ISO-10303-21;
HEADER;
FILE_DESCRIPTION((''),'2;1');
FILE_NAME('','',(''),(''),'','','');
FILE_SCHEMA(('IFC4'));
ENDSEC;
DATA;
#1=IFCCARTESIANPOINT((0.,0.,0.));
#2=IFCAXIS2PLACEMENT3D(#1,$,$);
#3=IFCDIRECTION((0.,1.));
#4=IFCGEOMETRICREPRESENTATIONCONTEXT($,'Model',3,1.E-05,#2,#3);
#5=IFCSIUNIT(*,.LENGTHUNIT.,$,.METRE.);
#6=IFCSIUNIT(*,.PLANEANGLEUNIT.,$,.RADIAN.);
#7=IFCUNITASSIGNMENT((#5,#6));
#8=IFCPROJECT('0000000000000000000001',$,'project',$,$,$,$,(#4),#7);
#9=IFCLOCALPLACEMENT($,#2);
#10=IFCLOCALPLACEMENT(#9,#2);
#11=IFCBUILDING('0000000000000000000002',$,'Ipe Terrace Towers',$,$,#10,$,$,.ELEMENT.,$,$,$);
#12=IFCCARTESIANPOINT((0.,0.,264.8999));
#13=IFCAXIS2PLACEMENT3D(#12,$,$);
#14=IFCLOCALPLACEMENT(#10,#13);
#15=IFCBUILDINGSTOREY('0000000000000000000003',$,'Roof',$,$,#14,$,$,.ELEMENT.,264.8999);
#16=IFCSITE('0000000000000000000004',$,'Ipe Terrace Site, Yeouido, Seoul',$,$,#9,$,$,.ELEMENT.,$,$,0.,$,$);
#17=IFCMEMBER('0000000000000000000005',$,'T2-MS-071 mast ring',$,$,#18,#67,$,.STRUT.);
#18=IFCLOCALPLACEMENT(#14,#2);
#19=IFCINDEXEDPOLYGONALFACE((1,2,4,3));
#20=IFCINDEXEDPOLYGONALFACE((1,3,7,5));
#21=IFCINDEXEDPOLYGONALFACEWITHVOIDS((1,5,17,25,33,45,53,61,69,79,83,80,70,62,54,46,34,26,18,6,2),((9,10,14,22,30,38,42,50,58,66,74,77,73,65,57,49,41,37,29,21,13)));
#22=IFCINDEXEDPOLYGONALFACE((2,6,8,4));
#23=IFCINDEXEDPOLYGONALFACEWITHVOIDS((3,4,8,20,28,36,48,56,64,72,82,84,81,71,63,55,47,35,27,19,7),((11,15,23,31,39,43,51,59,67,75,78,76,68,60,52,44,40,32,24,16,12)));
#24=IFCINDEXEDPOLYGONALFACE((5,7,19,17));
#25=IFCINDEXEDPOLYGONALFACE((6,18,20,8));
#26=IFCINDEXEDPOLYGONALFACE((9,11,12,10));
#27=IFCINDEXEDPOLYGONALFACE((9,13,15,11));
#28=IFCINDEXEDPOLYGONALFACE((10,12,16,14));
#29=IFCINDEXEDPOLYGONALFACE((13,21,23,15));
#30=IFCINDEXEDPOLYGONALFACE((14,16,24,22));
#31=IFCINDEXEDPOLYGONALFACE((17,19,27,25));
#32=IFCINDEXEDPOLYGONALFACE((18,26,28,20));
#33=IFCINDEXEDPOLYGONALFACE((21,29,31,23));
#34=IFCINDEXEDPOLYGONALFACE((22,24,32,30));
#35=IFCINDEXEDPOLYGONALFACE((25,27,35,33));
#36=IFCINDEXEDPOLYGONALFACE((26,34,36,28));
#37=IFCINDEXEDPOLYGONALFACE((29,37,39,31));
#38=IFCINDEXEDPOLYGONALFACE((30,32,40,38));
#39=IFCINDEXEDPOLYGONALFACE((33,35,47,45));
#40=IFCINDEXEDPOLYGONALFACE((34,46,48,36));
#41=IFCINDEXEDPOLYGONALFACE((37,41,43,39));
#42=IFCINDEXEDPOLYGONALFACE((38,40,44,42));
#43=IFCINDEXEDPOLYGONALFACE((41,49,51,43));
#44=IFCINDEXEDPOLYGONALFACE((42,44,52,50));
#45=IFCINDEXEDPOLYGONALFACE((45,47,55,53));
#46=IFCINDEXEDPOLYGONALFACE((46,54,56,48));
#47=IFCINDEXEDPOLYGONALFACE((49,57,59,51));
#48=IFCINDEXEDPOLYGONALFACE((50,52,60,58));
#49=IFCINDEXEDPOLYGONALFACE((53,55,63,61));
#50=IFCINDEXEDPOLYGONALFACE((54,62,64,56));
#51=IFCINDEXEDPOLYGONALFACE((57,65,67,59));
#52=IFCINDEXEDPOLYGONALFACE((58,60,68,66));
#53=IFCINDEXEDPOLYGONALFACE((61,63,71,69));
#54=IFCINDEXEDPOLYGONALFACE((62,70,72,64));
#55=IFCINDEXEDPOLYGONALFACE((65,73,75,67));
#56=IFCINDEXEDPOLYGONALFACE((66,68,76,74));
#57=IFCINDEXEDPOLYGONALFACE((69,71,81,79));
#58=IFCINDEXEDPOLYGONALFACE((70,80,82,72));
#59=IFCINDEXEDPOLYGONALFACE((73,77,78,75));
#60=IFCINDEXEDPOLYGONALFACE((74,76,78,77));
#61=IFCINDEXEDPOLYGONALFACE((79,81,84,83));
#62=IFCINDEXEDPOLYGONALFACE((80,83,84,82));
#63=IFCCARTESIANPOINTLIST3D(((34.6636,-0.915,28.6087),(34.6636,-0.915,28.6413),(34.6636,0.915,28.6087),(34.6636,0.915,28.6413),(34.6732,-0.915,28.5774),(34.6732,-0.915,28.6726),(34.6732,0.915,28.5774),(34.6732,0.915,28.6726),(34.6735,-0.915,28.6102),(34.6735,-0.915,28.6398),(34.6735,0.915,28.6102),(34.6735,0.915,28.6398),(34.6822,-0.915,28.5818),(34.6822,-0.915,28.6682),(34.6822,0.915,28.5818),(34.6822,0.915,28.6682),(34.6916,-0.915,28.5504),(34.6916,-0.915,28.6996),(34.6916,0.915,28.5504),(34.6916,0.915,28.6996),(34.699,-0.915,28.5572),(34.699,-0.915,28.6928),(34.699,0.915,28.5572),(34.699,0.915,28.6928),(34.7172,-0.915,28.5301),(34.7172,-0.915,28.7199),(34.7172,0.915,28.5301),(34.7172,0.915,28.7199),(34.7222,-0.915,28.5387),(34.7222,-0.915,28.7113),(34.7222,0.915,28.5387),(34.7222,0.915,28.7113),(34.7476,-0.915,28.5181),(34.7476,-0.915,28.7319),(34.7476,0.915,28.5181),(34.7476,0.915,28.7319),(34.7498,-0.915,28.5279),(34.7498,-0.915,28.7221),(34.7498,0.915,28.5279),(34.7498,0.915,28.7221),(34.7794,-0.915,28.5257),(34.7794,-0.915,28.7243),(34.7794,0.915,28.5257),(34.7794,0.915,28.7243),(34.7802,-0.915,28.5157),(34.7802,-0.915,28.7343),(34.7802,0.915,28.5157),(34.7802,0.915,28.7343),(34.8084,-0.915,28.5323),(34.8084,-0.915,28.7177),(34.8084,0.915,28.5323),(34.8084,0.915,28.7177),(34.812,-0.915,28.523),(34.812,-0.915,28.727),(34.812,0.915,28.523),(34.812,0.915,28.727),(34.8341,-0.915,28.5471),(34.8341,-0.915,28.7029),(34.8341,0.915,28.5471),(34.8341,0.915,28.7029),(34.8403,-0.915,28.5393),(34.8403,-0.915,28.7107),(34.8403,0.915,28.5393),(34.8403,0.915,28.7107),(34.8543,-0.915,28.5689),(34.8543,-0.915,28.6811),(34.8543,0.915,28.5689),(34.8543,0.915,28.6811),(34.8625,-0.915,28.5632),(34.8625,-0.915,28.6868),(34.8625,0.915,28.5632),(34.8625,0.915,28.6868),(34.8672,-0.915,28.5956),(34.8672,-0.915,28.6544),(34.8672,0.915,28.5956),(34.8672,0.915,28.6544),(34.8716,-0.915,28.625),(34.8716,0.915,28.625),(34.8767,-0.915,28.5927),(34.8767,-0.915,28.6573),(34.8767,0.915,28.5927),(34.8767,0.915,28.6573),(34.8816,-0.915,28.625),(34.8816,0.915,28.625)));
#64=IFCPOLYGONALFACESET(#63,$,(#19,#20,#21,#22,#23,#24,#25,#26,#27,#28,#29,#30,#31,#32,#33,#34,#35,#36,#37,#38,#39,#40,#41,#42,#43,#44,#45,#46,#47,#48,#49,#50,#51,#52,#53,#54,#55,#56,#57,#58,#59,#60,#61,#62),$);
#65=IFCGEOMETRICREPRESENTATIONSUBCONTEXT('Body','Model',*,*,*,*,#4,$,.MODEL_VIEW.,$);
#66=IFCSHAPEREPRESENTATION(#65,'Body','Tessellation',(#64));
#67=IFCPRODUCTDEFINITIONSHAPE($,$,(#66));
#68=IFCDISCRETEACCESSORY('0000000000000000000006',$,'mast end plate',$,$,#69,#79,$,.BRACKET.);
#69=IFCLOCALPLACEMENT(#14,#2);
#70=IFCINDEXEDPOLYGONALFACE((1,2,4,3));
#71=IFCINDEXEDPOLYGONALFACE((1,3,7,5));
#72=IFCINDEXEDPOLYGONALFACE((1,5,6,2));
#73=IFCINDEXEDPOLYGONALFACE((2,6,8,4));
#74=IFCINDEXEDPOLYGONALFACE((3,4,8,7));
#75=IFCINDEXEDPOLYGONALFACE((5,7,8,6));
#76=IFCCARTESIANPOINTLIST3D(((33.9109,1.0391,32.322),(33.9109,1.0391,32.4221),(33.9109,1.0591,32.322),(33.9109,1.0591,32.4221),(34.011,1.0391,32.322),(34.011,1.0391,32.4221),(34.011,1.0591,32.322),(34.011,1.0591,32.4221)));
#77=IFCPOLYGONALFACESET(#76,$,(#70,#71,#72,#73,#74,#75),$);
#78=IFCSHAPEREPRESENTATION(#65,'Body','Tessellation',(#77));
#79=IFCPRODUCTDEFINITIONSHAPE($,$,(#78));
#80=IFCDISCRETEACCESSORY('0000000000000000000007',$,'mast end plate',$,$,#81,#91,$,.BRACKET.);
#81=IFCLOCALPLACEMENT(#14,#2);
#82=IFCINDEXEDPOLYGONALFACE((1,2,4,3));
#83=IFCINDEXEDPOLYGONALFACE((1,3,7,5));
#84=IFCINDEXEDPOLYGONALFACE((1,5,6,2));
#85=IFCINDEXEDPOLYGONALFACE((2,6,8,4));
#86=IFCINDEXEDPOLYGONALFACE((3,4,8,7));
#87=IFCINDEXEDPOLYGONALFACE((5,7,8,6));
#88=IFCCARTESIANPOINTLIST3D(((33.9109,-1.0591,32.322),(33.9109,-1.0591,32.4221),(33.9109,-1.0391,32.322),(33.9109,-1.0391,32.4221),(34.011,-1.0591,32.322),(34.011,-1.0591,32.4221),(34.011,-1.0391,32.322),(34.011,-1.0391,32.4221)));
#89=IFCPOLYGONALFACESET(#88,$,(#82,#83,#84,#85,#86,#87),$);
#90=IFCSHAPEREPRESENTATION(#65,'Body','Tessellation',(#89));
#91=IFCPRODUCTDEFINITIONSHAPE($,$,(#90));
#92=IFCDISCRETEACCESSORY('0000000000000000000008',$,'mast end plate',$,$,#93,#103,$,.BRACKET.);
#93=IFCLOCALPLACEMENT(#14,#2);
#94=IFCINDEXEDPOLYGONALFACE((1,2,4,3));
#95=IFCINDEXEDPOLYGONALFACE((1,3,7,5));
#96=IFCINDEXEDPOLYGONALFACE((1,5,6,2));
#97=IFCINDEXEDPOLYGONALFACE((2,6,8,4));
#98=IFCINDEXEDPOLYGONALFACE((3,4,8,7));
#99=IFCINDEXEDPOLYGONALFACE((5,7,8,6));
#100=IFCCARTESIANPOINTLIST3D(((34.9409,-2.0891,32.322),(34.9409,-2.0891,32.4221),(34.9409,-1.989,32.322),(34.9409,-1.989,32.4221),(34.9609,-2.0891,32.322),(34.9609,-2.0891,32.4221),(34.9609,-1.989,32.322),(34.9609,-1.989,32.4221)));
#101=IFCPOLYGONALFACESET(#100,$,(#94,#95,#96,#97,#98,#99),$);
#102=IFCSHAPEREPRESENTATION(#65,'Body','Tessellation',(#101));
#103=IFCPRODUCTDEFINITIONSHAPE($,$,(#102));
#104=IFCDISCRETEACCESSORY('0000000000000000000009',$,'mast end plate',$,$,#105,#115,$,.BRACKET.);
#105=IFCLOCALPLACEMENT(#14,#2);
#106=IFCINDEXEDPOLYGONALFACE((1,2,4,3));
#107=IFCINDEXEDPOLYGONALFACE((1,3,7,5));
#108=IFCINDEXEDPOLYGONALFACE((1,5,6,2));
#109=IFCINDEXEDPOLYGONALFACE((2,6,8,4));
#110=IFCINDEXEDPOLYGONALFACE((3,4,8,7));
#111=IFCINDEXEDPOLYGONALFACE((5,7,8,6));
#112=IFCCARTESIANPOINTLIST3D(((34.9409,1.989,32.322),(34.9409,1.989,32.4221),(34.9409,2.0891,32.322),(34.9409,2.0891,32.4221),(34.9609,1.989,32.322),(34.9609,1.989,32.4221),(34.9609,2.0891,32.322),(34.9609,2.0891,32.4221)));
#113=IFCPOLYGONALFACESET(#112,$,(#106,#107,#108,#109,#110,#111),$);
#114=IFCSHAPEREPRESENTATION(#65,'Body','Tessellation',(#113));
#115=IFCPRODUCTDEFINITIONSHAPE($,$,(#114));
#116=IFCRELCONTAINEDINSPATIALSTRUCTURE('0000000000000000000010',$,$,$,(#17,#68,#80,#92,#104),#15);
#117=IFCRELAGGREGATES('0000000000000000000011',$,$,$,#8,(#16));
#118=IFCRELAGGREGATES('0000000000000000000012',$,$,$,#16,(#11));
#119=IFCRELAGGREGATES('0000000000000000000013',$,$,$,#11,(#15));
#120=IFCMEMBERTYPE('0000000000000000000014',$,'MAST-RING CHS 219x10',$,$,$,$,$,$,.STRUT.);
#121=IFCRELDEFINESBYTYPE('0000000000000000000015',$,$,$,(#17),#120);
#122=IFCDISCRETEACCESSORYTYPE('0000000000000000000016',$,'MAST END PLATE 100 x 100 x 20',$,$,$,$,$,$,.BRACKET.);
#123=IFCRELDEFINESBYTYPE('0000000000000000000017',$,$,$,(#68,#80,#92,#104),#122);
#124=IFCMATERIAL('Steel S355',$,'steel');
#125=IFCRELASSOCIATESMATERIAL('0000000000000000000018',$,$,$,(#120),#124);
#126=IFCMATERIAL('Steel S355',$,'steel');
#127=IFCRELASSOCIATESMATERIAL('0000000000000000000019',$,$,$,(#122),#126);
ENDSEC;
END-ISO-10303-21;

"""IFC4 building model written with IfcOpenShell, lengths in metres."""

from ifc_helpers import new_model, si_unit, direction, frame, origin, origin_2d, place, context, subcontext, project, spatial, rectangle, hollow_circle, extrude, material, material_profile, profile_set, type_object, element, save


model = new_model("IFC4")

# Units and contexts
model_context = context("Model", 3, precision=1e-05, world=origin(), true_north=direction((0.0, 1.0)))
body_context = subcontext(model_context, "Body", "Model", "MODEL_VIEW")
ifc_project = project(units=[si_unit("LENGTHUNIT", "METRE"), si_unit("PLANEANGLEUNIT", "RADIAN")], contexts=[model_context])

# Site, building, storey
site_placement = place(None, origin())
site = spatial("IfcSite", under=ifc_project, at=site_placement, Name="Ipe Terrace Site, Yeouido, Seoul", CompositionType="ELEMENT", RefElevation=0.0)
building_placement = place(site_placement, origin())
building = spatial("IfcBuilding", under=site, at=building_placement, Name="Ipe Terrace Towers", CompositionType="ELEMENT")
storey_placement = place(building_placement, frame((0.0, 0.0, 264.8999)))
storey = spatial("IfcBuildingStorey", under=building, at=storey_placement, Name="Roof", CompositionType="ELEMENT", Elevation=264.8999)

# Member
ifc_material_1 = material(Name="Steel S355", Category="steel")
ifc_material_profile_1 = material_profile(ifc_material_1, hollow_circle(Radius=0.1096, WallThickness=0.01, at=origin_2d()), Name="MAST-RING CHS 219x10")
ifc_profile_set_1 = profile_set([ifc_material_profile_1], Name="Steel S355")
member_type_1 = type_object("IfcMemberType", Name="MAST-RING CHS 219x10", PredefinedType="STRUT", material=ifc_profile_set_1)
member_1_placement = place(storey_placement, frame((34.772, 0.915, 28.625), z_axis=(0.0, -1.0, 0.0), x_axis=(1.0, 0.0, 0.0)))
element("IfcMember", 1, at=member_1_placement, inside=storey, type_object=member_type_1, Name="T2-MS-071 mast ring", PredefinedType="STRUT", context=body_context, shape_type="SweptSolid", body=[
    extrude(hollow_circle(Radius=0.1096, WallThickness=0.01, at=origin_2d()), origin(), (0.0, 0.0, 1.0), 1.8301),
])

# Discrete accessories
ifc_material_2 = material(Name="Steel S355", Category="steel")
ifc_material_profile_2 = material_profile(ifc_material_2, rectangle(XDim=0.1001, YDim=0.1001, at=origin_2d()), Name="MAST END PLATE 100 x 100 x 20")
ifc_profile_set_2 = profile_set([ifc_material_profile_2], Name="Steel S355")
discrete_accessory_type = type_object("IfcDiscreteAccessoryType", Name="MAST END PLATE 100 x 100 x 20", PredefinedType="BRACKET", material=ifc_profile_set_2)
for number, where, z_axis, x_axis, name in (
    (2, (33.9609, 1.0391, 32.3721), (0.0, 1.0, 0.0), (-1.0, 0.0, 0.0), "mast end plate"),
    (3, (33.9609, -1.0391, 32.3721), (0.0, -1.0, 0.0), (1.0, 0.0, 0.0), "mast end plate"),
    (4, (34.9609, -2.0391, 32.3721), (-1.0, 0.0, 0.0), (0.0, -1.0, 0.0), "mast end plate"),
    (5, (34.9609, 2.0391, 32.3721), (-1.0, 0.0, 0.0), (0.0, -1.0, 0.0), "mast end plate"),
):
    element("IfcDiscreteAccessory", number, at=place(storey_placement, frame(where, z_axis=z_axis, x_axis=x_axis)), inside=storey, type_object=discrete_accessory_type, Name=name, PredefinedType="BRACKET", context=body_context, shape_type="SweptSolid", body=[
        extrude(rectangle(XDim=0.1001, YDim=0.1001, at=origin_2d()), origin(), (0.0, 0.0, 1.0), 0.02),
    ])

save(model, "model.ifc")
